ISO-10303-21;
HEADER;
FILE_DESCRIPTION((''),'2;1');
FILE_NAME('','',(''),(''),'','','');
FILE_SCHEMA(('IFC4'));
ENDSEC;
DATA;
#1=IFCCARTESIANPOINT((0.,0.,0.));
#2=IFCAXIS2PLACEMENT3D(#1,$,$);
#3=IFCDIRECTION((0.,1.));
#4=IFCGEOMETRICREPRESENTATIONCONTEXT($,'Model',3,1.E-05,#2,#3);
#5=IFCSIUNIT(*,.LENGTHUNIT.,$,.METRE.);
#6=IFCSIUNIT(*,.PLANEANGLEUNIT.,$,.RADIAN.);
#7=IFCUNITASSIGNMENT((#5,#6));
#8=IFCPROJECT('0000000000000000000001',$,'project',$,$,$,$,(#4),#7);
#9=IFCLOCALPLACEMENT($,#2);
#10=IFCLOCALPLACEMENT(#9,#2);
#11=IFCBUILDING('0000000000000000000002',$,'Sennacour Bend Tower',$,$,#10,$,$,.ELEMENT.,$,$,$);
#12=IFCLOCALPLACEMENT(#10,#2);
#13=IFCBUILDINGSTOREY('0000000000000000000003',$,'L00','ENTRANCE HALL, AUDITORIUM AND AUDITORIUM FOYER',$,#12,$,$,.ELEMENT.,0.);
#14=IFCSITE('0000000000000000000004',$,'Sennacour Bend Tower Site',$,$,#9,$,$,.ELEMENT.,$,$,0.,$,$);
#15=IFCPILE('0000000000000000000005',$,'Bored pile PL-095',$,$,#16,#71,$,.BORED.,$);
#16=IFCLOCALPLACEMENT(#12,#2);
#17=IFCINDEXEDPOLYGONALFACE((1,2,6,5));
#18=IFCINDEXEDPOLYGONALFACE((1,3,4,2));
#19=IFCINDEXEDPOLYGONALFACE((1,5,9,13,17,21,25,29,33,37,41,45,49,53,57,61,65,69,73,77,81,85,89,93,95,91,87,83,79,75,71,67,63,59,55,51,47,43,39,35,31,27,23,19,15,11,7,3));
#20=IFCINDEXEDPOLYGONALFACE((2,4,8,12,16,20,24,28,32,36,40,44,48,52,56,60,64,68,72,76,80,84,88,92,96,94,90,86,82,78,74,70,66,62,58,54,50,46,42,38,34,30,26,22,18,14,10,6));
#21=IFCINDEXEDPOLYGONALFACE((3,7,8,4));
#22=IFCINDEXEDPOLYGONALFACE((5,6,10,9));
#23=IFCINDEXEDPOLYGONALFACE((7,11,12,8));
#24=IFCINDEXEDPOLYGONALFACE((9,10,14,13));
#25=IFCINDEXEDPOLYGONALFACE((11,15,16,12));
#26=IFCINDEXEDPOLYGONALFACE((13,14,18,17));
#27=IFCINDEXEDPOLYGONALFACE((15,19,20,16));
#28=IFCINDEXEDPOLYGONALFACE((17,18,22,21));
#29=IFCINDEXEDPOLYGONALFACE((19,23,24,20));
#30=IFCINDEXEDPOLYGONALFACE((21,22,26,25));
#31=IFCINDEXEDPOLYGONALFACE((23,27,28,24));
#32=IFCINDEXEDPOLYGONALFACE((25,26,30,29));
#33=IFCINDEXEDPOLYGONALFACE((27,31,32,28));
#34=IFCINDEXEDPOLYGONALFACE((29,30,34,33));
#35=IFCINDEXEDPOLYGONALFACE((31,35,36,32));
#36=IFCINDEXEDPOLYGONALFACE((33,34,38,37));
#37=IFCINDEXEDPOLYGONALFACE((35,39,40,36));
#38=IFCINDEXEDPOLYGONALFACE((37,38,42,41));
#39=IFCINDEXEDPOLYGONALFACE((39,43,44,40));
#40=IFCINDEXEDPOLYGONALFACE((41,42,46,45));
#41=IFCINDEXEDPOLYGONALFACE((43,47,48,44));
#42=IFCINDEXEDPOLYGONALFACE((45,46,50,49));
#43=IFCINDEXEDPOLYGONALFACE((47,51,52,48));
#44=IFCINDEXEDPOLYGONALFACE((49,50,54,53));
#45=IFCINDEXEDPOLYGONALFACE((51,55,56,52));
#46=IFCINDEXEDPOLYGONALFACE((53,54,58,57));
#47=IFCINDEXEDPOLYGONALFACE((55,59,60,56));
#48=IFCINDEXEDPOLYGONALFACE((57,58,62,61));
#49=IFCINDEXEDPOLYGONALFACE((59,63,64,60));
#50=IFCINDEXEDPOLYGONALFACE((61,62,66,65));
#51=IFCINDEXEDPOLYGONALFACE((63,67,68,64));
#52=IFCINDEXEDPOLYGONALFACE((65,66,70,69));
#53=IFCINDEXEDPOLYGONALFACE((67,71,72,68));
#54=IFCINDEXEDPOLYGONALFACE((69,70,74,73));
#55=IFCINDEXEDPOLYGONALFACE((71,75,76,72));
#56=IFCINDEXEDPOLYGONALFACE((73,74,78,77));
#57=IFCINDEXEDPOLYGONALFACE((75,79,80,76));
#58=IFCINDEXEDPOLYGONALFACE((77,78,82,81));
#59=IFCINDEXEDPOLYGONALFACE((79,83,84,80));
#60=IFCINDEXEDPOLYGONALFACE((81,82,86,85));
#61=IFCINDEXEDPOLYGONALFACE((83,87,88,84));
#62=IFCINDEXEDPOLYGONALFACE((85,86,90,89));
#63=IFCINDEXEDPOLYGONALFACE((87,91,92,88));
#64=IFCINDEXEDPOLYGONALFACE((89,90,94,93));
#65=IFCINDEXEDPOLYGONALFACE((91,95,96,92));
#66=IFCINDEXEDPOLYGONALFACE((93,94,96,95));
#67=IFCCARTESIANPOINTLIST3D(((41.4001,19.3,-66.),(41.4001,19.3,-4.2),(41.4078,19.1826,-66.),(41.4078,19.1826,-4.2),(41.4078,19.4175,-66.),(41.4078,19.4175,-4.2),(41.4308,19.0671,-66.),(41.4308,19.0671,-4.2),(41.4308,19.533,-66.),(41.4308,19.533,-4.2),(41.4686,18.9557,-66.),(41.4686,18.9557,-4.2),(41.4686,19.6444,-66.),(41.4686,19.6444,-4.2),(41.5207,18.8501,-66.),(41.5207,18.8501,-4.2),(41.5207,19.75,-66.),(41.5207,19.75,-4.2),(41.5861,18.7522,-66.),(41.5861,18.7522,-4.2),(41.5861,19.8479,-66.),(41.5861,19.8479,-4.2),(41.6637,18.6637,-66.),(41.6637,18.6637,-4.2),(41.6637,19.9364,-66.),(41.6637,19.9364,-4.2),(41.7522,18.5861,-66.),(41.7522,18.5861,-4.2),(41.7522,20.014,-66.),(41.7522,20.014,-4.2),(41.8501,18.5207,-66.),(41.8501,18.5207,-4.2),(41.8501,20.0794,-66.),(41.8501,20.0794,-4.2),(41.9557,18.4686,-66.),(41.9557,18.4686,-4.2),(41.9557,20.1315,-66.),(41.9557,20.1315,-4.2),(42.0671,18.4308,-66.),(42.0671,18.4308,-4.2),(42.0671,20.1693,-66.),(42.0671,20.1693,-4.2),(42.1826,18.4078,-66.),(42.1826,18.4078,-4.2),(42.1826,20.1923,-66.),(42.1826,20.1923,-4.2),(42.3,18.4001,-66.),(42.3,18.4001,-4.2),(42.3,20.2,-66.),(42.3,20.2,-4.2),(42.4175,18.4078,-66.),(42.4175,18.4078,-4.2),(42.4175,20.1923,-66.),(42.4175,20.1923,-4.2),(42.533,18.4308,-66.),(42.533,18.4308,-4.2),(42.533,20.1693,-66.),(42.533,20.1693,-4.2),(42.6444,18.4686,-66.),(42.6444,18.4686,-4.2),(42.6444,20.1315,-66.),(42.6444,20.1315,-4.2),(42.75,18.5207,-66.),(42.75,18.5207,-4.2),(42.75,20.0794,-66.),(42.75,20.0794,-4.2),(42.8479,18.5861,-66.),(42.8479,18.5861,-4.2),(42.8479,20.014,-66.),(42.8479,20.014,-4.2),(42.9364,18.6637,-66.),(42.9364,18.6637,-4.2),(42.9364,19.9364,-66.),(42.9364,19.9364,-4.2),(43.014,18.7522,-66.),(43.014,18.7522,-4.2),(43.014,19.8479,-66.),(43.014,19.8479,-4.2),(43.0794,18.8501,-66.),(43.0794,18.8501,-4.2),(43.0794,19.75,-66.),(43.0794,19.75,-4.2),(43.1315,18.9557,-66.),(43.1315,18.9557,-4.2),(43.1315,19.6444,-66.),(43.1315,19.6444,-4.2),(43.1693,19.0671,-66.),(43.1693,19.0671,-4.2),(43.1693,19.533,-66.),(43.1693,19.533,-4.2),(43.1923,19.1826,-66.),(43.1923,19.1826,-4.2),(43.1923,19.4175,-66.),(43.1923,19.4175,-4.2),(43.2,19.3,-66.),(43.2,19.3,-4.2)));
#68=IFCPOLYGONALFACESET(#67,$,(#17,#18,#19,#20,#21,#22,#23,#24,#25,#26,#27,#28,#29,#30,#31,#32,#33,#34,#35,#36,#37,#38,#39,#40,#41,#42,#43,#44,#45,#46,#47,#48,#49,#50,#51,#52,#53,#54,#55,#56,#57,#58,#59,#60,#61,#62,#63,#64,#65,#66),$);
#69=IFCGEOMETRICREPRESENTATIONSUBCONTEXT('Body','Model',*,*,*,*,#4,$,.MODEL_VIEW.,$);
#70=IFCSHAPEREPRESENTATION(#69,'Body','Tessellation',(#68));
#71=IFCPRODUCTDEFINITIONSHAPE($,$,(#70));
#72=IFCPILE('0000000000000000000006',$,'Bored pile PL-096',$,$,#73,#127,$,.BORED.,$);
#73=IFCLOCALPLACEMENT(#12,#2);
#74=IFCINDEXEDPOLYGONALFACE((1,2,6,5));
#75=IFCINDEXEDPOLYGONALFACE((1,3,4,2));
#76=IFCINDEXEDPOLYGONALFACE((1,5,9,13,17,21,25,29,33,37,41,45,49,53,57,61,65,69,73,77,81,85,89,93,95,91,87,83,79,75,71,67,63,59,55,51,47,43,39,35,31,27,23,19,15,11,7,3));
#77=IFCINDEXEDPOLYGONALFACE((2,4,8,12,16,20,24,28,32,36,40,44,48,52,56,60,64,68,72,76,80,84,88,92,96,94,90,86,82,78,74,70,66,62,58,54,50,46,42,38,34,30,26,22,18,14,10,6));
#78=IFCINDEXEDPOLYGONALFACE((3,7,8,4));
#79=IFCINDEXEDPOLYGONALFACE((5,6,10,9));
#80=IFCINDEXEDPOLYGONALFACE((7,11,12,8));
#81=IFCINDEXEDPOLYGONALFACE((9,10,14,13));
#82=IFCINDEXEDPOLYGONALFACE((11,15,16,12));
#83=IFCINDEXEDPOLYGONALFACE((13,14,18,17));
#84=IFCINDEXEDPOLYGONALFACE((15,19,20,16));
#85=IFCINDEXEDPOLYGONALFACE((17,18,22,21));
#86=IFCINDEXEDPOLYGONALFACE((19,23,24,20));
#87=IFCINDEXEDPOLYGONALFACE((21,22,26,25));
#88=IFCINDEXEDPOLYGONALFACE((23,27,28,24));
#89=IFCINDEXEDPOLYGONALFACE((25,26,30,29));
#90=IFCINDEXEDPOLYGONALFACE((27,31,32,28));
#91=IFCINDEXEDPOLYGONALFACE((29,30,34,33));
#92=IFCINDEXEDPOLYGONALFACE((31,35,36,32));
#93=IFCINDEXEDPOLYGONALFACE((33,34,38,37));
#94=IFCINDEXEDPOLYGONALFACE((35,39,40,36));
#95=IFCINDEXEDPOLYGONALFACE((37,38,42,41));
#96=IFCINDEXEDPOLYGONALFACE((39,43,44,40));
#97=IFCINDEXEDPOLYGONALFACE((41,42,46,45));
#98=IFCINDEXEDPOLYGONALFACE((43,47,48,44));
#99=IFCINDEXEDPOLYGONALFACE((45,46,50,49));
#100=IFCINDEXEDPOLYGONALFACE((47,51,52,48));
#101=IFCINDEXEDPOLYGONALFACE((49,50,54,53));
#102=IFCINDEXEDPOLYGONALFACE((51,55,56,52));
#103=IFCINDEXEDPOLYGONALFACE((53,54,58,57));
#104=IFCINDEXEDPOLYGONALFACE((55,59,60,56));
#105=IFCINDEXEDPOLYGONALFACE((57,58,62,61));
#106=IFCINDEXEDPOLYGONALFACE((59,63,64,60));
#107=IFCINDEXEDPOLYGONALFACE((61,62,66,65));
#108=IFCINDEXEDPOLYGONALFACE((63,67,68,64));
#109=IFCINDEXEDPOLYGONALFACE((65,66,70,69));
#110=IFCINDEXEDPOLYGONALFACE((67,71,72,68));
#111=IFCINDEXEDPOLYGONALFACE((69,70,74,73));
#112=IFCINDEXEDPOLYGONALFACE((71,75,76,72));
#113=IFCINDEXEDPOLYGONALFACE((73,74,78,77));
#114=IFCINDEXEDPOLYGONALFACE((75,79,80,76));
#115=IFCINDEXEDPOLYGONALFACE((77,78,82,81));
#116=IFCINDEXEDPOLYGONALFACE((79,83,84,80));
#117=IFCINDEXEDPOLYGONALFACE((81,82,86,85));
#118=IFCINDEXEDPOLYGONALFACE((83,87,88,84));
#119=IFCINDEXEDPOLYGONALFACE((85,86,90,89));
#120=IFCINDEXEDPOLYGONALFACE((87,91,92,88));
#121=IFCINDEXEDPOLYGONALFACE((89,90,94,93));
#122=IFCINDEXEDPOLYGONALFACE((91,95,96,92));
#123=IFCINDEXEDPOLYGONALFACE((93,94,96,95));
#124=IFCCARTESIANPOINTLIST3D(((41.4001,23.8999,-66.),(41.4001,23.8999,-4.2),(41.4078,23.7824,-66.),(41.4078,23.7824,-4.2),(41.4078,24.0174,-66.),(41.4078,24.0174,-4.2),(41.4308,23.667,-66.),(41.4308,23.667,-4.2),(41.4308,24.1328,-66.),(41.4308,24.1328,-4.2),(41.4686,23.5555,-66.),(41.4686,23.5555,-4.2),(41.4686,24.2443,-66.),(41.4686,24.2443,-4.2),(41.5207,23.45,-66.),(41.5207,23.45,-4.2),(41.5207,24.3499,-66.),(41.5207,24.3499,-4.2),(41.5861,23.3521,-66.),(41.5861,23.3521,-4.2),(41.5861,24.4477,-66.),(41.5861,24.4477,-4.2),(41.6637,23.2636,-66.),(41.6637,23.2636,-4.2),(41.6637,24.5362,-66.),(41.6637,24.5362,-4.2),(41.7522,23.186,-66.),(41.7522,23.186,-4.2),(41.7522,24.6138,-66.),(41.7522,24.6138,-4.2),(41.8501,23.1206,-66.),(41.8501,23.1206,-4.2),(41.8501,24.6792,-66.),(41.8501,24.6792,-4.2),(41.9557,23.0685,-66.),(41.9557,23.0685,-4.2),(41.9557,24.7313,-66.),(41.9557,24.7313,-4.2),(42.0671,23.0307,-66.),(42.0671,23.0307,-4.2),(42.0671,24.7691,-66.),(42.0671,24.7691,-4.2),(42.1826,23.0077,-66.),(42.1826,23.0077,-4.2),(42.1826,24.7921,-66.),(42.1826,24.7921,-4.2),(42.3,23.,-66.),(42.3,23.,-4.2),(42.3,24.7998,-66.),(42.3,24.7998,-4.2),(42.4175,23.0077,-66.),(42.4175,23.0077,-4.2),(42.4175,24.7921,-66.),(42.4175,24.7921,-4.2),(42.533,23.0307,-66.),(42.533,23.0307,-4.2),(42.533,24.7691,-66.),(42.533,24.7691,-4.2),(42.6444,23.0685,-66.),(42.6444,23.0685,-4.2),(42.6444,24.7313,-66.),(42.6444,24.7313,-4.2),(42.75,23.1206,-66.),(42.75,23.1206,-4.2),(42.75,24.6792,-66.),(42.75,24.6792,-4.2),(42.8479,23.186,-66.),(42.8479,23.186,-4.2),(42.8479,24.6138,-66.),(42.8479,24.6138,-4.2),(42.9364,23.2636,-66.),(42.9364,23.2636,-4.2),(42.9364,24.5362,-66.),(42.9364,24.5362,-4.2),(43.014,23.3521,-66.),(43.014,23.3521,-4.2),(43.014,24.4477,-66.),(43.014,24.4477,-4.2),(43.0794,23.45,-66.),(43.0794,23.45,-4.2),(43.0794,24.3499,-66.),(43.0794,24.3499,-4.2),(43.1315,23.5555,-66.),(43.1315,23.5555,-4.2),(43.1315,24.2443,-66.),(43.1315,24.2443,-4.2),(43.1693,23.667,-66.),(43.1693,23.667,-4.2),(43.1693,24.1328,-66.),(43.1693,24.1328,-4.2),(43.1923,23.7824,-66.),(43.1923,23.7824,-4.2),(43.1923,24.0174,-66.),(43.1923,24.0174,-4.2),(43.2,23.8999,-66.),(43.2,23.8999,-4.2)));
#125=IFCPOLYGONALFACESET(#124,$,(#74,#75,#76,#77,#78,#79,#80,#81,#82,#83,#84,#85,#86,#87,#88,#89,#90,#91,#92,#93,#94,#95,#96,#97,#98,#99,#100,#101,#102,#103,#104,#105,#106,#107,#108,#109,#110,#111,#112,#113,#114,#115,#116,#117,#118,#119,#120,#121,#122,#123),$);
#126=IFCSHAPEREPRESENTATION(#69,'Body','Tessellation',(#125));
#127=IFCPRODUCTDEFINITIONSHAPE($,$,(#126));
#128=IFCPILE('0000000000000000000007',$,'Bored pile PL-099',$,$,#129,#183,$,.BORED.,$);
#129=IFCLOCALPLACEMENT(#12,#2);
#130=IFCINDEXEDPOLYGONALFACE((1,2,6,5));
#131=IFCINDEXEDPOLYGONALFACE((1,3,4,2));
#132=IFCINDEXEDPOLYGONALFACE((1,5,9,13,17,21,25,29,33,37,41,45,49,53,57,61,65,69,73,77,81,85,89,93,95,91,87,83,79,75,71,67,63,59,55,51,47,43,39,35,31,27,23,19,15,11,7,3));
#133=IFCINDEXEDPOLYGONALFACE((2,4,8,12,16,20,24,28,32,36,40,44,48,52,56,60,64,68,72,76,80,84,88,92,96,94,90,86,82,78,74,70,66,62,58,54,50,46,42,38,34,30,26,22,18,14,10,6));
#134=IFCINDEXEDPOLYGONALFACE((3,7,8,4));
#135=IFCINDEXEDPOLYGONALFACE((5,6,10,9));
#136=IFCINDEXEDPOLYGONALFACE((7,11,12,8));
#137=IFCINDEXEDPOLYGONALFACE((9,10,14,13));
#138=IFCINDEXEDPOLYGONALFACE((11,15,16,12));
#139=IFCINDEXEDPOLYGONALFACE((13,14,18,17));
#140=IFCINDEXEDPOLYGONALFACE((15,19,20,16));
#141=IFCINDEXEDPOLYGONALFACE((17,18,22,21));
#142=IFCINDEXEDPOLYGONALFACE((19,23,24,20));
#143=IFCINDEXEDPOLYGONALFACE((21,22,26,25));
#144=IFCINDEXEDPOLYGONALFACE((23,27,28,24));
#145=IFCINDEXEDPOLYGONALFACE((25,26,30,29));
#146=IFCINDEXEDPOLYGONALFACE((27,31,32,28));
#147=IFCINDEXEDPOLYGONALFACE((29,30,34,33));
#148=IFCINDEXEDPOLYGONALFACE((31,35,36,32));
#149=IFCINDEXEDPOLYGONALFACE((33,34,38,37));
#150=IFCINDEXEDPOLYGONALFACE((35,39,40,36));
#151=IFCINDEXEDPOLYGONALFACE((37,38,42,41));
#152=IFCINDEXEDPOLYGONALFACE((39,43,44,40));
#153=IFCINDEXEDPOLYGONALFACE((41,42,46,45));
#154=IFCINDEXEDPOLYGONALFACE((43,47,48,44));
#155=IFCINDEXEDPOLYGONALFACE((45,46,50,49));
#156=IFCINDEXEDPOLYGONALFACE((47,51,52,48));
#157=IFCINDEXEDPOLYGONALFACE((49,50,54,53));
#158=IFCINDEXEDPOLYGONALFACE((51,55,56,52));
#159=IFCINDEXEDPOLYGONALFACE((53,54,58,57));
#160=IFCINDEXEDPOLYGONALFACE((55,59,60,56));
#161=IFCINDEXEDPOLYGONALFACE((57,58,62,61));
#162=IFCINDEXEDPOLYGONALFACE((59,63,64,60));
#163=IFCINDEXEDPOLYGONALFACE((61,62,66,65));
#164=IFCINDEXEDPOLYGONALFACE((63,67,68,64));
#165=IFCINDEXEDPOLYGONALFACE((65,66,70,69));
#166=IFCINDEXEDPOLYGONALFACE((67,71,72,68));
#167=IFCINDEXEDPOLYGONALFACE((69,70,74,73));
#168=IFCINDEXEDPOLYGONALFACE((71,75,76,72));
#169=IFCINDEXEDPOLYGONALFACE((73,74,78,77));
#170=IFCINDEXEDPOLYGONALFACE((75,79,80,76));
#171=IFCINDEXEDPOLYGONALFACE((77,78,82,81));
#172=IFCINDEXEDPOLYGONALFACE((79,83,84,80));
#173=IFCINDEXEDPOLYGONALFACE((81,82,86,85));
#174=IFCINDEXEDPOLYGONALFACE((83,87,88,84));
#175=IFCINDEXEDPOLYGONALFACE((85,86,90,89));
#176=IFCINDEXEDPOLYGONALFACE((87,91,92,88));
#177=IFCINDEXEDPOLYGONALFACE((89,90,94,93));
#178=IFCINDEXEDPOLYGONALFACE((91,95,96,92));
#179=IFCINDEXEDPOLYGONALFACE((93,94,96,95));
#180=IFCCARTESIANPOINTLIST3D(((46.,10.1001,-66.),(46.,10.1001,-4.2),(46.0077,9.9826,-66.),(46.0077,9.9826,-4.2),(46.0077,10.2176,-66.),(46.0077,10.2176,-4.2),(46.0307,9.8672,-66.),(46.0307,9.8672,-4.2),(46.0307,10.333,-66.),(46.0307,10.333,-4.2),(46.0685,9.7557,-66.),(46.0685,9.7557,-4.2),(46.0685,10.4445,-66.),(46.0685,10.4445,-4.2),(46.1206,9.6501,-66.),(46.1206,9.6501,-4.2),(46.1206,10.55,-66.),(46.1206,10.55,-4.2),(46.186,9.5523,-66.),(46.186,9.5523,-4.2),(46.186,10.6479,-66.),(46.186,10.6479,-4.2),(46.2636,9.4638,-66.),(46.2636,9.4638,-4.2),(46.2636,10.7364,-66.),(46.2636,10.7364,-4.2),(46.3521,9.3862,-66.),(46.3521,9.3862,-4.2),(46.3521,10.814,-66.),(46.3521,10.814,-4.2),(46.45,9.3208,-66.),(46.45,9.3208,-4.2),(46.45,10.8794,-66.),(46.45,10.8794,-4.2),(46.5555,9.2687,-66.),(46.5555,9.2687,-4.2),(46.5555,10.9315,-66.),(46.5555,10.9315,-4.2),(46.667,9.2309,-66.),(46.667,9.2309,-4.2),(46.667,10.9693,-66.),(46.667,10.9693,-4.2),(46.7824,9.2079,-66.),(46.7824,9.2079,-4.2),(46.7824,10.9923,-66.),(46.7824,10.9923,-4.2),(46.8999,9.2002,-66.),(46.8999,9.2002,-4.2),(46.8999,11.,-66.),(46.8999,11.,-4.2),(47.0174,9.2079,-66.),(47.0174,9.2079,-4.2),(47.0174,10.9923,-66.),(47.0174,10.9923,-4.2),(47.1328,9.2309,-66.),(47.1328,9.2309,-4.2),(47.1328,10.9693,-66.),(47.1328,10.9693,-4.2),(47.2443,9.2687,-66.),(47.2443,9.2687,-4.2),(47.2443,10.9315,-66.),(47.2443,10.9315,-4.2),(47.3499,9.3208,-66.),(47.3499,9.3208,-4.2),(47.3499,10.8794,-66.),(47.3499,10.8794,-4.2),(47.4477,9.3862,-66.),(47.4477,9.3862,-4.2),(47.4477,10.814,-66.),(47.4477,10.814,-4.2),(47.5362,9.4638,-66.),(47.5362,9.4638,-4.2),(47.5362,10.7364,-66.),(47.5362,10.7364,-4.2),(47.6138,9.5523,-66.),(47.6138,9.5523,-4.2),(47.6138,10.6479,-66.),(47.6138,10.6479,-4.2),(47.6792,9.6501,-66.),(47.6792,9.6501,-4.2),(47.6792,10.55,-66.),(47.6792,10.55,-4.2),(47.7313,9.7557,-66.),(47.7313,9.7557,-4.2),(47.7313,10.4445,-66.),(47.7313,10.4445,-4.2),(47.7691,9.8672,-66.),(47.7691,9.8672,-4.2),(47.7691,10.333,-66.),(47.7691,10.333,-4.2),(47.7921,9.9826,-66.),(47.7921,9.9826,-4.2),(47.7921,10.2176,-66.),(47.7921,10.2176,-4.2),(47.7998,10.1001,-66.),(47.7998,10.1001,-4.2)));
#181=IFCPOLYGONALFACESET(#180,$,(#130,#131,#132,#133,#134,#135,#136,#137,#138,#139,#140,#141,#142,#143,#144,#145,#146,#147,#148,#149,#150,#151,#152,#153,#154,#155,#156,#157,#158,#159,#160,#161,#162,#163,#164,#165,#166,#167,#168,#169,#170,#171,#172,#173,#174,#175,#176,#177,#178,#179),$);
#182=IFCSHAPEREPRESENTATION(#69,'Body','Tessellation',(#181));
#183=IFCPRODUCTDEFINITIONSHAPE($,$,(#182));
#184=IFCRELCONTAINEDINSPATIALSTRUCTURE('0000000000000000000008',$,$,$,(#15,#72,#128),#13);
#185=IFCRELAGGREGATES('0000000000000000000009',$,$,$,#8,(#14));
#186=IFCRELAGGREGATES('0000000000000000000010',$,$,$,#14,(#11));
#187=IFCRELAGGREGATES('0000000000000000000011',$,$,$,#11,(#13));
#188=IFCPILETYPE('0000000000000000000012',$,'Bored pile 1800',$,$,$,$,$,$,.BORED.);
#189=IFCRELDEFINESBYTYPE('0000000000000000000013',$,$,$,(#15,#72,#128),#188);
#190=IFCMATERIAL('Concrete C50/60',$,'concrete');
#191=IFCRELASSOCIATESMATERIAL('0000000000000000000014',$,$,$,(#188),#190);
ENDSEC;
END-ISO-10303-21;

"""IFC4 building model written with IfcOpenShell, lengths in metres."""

from ifc_helpers import new_model, si_unit, direction, frame, origin, origin_2d, place, context, subcontext, project, spatial, circle, extrude, material, material_profile, profile_set, type_object, element, save


model = new_model("IFC4")

# Units and contexts
model_context = context("Model", 3, precision=1e-05, world=origin(), true_north=direction((0.0, 1.0)))
body_context = subcontext(model_context, "Body", "Model", "MODEL_VIEW")
ifc_project = project(units=[si_unit("LENGTHUNIT", "METRE"), si_unit("PLANEANGLEUNIT", "RADIAN")], contexts=[model_context])

# Site, building, storey
site_placement = place(None, origin())
site = spatial("IfcSite", under=ifc_project, at=site_placement, Name="Sennacour Bend Tower Site", CompositionType="ELEMENT", RefElevation=0.0)
building_placement = place(site_placement, origin())
building = spatial("IfcBuilding", under=site, at=building_placement, Name="Sennacour Bend Tower", CompositionType="ELEMENT")
storey_placement = place(building_placement, origin())
storey = spatial("IfcBuildingStorey", under=building, at=storey_placement, Name="L00", Description="ENTRANCE HALL, AUDITORIUM AND AUDITORIUM FOYER", CompositionType="ELEMENT", Elevation=0.0)

# Piles
ifc_material_1 = material(Name="Concrete C50/60", Category="concrete")
ifc_material_profile_1 = material_profile(ifc_material_1, circle(Radius=0.8999, at=origin_2d()), Name="Concrete C50/60", Category="concrete")
ifc_profile_set_1 = profile_set([ifc_material_profile_1], Name="Concrete C50/60")
pile_type = type_object("IfcPileType", Name="Bored pile 1800", PredefinedType="BORED", material=ifc_profile_set_1)
for number, where, z_axis, x_axis, name in (
    (1, (42.3, 19.3, -4.2), (0.0, 0.0, -1.0), (1.0, 0.0, 0.0), "Bored pile PL-095"),
    (2, (42.3, 23.8999, -4.2), (0.0, 0.0, -1.0), (1.0, 0.0, 0.0), "Bored pile PL-096"),
    (3, (46.8999, 10.1001, -4.2), (0.0, 0.0, -1.0), (1.0, 0.0, 0.0), "Bored pile PL-099"),
):
    element("IfcPile", number, at=place(storey_placement, frame(where, z_axis=z_axis, x_axis=x_axis)), inside=storey, type_object=pile_type, Name=name, PredefinedType="BORED", context=body_context, shape_type="SweptSolid", body=[
        extrude(circle(Radius=0.8999, at=origin_2d()), origin(), (0.0, 0.0, 1.0), 61.8),
    ])

save(model, "model.ifc")
